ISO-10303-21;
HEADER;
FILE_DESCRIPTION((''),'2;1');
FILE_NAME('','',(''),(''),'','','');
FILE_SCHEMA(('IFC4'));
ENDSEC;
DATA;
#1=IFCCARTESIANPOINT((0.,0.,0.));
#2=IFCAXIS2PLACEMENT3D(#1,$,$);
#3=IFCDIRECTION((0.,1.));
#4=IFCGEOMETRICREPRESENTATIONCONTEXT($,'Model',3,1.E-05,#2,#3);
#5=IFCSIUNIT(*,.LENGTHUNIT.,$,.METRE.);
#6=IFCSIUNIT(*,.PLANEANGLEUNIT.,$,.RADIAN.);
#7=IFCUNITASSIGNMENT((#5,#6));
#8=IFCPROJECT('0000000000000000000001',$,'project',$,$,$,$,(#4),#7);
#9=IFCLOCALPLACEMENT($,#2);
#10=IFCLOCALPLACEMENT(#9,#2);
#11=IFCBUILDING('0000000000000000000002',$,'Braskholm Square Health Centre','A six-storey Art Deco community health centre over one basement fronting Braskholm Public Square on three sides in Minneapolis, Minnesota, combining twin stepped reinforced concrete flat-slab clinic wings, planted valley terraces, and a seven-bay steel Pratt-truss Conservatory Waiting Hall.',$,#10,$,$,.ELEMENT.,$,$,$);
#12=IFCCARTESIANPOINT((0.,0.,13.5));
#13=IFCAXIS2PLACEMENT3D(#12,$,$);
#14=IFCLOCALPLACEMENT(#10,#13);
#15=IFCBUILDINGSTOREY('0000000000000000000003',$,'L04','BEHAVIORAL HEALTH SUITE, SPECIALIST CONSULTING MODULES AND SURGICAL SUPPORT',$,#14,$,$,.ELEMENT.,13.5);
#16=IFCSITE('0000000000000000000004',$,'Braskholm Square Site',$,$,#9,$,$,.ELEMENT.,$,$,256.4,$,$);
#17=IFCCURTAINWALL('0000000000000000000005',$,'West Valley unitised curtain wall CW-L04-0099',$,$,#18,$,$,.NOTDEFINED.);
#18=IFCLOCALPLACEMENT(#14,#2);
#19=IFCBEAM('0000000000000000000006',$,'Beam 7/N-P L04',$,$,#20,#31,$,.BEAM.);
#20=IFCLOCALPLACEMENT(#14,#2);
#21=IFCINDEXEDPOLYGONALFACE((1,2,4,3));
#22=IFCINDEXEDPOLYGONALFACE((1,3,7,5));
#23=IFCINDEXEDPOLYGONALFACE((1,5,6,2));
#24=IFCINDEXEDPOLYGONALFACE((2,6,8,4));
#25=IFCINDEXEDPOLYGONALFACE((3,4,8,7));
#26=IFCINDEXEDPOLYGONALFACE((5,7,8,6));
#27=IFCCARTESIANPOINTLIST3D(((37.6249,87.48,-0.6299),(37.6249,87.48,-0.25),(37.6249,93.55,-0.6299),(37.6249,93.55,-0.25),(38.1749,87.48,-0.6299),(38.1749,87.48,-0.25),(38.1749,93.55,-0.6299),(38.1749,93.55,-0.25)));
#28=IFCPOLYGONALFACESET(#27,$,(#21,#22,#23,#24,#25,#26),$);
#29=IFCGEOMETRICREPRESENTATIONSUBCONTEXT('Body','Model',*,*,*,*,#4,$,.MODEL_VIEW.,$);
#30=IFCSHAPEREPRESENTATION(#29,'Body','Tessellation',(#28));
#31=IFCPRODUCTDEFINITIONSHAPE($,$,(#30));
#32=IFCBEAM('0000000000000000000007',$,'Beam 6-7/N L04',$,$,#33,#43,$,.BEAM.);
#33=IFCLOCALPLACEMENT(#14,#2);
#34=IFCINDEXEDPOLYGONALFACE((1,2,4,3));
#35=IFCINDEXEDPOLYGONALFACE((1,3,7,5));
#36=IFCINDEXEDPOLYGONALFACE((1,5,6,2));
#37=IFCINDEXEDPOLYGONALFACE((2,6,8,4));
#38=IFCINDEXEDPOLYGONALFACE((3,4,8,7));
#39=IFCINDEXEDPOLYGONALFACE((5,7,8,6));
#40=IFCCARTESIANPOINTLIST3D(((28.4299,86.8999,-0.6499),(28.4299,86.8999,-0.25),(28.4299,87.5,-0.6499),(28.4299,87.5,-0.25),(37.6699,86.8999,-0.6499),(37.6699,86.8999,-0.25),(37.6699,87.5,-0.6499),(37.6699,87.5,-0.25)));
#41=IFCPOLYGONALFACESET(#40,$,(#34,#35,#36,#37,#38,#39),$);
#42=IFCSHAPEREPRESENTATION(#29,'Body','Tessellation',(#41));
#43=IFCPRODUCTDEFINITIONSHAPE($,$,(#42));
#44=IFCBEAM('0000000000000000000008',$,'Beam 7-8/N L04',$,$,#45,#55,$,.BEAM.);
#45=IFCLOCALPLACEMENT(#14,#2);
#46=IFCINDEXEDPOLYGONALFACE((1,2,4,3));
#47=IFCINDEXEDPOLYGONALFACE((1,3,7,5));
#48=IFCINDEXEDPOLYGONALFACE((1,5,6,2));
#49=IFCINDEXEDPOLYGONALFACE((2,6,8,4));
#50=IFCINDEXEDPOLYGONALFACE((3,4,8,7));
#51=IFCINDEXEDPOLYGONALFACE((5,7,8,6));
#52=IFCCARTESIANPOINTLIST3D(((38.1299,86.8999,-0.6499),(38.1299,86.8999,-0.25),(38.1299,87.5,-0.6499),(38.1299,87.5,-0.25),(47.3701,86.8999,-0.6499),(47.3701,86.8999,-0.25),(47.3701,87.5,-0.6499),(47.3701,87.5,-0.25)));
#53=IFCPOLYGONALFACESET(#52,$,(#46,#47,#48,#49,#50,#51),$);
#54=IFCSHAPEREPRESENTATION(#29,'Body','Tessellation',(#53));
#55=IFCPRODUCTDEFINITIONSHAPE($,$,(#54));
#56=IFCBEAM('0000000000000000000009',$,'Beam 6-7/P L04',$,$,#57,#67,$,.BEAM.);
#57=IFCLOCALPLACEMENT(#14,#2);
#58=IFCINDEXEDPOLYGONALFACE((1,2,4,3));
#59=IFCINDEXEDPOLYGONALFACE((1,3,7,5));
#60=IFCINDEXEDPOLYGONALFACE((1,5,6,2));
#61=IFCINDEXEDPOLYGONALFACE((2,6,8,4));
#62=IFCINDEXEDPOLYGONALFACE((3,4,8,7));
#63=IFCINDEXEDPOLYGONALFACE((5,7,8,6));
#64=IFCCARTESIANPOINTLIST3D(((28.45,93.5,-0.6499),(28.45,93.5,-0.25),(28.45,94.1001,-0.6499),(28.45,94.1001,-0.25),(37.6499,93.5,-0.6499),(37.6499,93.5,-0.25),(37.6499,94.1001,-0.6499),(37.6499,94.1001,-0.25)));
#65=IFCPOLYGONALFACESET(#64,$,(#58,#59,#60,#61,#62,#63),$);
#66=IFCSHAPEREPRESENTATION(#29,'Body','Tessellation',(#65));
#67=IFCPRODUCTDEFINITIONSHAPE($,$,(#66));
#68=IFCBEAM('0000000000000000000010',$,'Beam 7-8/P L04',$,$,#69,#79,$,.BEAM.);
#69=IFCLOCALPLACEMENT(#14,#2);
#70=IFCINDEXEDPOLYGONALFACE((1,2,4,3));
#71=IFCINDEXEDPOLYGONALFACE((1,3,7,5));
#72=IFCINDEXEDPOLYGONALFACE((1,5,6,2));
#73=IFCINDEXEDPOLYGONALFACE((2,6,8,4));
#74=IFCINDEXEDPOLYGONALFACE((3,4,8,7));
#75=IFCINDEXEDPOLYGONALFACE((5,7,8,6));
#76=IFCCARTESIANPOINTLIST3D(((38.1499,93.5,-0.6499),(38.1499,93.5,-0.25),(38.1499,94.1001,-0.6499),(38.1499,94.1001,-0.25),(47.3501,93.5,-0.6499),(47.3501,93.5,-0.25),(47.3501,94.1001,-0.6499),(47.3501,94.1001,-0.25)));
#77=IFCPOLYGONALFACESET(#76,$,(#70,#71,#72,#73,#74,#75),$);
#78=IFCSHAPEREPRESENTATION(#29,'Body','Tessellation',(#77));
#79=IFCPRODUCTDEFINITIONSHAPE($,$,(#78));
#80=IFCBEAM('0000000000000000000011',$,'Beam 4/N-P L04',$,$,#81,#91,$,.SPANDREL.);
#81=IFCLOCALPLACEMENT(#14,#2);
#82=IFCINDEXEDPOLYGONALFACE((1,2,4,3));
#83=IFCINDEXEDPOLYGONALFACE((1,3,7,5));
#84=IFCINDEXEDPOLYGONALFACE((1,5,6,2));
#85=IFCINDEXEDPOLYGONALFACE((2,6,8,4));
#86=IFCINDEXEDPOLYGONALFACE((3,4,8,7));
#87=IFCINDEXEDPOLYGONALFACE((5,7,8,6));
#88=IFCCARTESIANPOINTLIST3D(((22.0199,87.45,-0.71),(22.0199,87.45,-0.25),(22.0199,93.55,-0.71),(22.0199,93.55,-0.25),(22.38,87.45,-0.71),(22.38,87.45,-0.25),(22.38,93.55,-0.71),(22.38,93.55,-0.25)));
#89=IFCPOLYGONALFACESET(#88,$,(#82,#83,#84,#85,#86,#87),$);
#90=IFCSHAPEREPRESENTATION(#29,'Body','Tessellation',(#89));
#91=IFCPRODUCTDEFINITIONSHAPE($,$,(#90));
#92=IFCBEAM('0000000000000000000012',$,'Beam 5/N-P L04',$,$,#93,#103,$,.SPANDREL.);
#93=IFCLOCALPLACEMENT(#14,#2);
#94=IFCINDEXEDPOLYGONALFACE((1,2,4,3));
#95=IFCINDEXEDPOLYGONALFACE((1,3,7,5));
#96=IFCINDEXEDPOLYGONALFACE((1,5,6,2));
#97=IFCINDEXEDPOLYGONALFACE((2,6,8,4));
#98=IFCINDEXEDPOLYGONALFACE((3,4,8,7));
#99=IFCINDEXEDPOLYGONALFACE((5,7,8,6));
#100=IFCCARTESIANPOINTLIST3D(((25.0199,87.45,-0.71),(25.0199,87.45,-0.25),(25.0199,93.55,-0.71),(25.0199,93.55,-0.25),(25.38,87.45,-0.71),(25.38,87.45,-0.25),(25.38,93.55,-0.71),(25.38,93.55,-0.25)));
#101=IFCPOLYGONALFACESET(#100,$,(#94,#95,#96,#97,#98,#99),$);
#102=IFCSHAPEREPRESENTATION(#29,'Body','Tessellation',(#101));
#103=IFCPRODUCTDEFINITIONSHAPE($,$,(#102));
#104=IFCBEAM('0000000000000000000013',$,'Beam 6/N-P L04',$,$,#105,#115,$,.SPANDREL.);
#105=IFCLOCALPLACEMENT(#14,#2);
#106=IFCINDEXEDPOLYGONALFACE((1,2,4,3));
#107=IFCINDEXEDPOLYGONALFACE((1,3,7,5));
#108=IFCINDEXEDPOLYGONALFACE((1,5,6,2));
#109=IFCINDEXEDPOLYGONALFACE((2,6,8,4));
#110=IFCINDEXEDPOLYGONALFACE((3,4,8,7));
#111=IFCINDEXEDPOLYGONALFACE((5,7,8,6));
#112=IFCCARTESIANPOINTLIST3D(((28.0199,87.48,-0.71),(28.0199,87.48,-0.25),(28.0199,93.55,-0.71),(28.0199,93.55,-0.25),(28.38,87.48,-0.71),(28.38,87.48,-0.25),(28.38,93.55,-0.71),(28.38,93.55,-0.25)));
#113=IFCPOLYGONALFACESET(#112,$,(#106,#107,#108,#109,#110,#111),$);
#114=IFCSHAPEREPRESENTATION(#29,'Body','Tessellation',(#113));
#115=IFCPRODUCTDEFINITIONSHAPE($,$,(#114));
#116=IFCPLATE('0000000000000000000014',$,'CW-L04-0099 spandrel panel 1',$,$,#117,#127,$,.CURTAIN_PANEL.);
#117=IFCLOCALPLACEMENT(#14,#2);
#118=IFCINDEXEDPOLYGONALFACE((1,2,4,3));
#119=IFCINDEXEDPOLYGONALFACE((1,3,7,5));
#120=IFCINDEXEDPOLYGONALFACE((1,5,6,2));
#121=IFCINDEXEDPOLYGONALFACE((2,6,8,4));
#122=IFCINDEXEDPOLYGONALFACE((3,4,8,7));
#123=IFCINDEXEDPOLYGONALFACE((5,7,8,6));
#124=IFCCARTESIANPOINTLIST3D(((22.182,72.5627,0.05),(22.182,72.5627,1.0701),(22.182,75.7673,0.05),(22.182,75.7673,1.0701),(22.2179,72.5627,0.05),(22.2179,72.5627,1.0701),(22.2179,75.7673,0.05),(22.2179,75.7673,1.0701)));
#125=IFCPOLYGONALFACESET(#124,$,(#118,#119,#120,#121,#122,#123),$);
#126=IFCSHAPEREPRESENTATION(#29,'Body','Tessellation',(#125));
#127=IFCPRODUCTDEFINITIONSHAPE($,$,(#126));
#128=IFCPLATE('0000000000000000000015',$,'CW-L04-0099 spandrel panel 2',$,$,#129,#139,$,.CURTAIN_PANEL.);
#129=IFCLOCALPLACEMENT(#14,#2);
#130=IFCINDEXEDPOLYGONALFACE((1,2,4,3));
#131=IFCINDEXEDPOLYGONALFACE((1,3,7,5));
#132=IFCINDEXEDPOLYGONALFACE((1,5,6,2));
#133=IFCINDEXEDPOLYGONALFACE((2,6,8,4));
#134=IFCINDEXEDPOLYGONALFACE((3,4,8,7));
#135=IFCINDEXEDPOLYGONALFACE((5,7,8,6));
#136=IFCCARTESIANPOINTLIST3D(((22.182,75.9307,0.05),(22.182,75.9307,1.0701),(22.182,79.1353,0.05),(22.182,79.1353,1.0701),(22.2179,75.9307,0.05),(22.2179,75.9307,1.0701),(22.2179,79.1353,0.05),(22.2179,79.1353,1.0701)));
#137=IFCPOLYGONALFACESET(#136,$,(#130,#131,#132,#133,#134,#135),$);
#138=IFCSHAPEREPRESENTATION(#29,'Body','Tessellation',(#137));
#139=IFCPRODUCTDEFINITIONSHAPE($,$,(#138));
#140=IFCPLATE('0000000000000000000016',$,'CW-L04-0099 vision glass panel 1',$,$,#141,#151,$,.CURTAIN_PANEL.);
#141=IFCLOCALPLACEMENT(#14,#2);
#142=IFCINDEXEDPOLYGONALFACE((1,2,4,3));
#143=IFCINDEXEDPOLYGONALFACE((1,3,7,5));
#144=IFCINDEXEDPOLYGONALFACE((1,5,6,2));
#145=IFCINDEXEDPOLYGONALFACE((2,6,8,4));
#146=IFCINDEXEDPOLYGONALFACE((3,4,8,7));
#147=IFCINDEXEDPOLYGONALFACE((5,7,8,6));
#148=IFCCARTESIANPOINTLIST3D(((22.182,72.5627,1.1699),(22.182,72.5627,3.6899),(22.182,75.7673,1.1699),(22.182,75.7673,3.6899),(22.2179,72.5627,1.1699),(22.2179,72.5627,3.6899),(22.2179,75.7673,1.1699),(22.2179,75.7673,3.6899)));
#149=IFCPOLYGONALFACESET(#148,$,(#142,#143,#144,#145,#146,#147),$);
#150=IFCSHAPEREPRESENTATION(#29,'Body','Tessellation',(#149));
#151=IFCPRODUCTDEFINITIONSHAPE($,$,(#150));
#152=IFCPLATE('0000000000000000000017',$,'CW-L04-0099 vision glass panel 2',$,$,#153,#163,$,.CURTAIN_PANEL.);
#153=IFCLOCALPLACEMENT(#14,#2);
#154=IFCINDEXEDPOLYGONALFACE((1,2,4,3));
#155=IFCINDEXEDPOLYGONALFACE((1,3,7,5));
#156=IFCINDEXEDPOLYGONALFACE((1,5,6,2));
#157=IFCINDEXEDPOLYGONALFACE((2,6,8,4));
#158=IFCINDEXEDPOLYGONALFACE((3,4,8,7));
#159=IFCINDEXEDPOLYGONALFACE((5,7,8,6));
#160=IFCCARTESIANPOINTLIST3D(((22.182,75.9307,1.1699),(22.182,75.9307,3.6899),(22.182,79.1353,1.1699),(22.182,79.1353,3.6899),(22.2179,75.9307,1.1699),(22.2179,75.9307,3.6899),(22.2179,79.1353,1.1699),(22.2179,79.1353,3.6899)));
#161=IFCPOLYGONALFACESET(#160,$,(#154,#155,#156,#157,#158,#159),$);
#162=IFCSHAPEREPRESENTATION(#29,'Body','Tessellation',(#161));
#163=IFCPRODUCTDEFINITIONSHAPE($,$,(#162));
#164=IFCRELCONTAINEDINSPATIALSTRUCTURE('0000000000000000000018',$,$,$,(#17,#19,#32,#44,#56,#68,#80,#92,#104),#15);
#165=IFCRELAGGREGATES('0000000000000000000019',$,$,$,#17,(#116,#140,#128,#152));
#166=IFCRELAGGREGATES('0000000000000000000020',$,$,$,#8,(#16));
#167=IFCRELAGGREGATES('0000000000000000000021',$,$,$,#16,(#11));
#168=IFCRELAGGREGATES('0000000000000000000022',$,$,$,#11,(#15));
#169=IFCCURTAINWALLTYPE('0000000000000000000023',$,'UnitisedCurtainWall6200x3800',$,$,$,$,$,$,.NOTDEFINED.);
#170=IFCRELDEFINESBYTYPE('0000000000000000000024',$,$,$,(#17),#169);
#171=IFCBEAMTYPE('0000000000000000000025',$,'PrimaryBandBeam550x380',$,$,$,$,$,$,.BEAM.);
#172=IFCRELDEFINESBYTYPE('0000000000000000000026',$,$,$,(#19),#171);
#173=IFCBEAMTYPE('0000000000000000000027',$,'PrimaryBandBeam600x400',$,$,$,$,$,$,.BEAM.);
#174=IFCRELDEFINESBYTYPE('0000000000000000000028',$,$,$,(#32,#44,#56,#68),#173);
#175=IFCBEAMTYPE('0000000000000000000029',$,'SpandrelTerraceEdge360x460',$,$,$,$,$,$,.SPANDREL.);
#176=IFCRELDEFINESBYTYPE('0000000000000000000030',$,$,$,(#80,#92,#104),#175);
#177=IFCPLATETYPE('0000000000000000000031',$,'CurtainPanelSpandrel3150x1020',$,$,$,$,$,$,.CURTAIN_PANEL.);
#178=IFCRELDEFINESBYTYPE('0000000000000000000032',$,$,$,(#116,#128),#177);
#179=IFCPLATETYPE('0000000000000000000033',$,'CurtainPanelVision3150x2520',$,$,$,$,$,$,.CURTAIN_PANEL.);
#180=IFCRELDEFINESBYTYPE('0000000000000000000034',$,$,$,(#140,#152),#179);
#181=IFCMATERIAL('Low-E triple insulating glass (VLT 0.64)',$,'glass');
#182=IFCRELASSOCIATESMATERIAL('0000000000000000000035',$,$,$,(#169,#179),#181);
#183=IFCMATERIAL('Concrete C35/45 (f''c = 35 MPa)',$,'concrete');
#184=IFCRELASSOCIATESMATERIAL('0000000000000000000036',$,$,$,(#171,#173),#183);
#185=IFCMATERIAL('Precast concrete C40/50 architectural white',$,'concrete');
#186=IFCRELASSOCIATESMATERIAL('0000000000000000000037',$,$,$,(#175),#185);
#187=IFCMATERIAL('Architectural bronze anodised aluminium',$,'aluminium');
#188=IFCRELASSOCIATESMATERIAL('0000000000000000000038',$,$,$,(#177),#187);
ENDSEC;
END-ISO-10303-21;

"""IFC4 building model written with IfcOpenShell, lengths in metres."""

from ifc_helpers import new_model, si_unit, direction, frame, origin, origin_2d, place, context, subcontext, project, spatial, rectangle, extrude, material, material_profile, profile_set, type_object, element, aggregate, save


model = new_model("IFC4")

# Units and contexts
model_context = context("Model", 3, precision=1e-05, world=origin(), true_north=direction((0.0, 1.0)))
body_context = subcontext(model_context, "Body", "Model", "MODEL_VIEW")
ifc_project = project(units=[si_unit("LENGTHUNIT", "METRE"), si_unit("PLANEANGLEUNIT", "RADIAN")], contexts=[model_context])

# Site, building, storey
site_placement = place(None, origin())
site = spatial("IfcSite", under=ifc_project, at=site_placement, Name="Braskholm Square Site", CompositionType="ELEMENT", RefElevation=256.4)
building_placement = place(site_placement, origin())
building = spatial("IfcBuilding", under=site, at=building_placement, Name="Braskholm Square Health Centre", Description="A six-storey Art Deco community health centre over one basement fronting Braskholm Public Square on three sides in Minneapolis, Minnesota, combining twin stepped reinforced concrete flat-slab clinic wings, planted valley terraces, and a seven-bay steel Pratt-truss Conservatory Waiting Hall.", CompositionType="ELEMENT")
storey_placement = place(building_placement, frame((0.0, 0.0, 13.5)))
storey = spatial("IfcBuildingStorey", under=building, at=storey_placement, Name="L04", Description="BEHAVIORAL HEALTH SUITE, SPECIALIST CONSULTING MODULES AND SURGICAL SUPPORT", CompositionType="ELEMENT", Elevation=13.5)

# Curtain wall
ifc_material_1 = material(Name="Low-E triple insulating glass (VLT 0.64)", Category="glass")
curtain_wall_type = type_object("IfcCurtainWallType", Name="UnitisedCurtainWall6200x3800", PredefinedType="NOTDEFINED", material=ifc_material_1)
curtain_wall_placement = place(storey_placement, origin())
curtain_wall = element("IfcCurtainWall", 1, at=curtain_wall_placement, inside=storey, type_object=curtain_wall_type, Name="West Valley unitised curtain wall CW-L04-0099", PredefinedType="NOTDEFINED")
ifc_material_2 = material(Name="Architectural bronze anodised aluminium", Category="aluminium")

# Beams
ifc_material_3 = material(Name="Concrete C35/45 (f'c = 35 MPa)", Category="concrete")
ifc_material_profile_1 = material_profile(ifc_material_3, rectangle(XDim=0.55, YDim=0.3799, at=origin_2d()), Name="RCB-550X380")
ifc_profile_set_1 = profile_set([ifc_material_profile_1], Name="Concrete C35/45 (f'c = 35 MPa)")
beam_type_1 = type_object("IfcBeamType", Name="PrimaryBandBeam550x380", PredefinedType="BEAM", material=ifc_profile_set_1)
beam_1_placement = place(storey_placement, frame((37.8999, 87.48, -0.4399), z_axis=(0.0, 1.0, 0.0), x_axis=(-1.0, 0.0, 0.0)))
element("IfcBeam", 2, at=beam_1_placement, inside=storey, type_object=beam_type_1, Name="Beam 7/N-P L04", PredefinedType="BEAM", context=body_context, shape_type="SweptSolid", body=[
    extrude(rectangle(XDim=0.55, YDim=0.3799, at=origin_2d()), origin(), (0.0, 0.0, 1.0), 6.0701),
])
ifc_material_profile_2 = material_profile(ifc_material_3, rectangle(XDim=0.6001, YDim=0.3999, at=origin_2d()), Name="RCB-600X400")
ifc_profile_set_2 = profile_set([ifc_material_profile_2], Name="Concrete C35/45 (f'c = 35 MPa)")
beam_type_2 = type_object("IfcBeamType", Name="PrimaryBandBeam600x400", PredefinedType="BEAM", material=ifc_profile_set_2)
beam_2_placement = place(storey_placement, frame((28.4299, 87.2, -0.45), z_axis=(1.0, 0.0, 0.0), x_axis=(0.0, 1.0, 0.0)))
element("IfcBeam", 3, at=beam_2_placement, inside=storey, type_object=beam_type_2, Name="Beam 6-7/N L04", PredefinedType="BEAM", context=body_context, shape_type="SweptSolid", body=[
    extrude(rectangle(XDim=0.6001, YDim=0.3999, at=origin_2d()), origin(), (0.0, 0.0, 1.0), 9.24),
])
beam_3_placement = place(storey_placement, frame((38.1299, 87.2, -0.45), z_axis=(1.0, 0.0, 0.0), x_axis=(0.0, 1.0, 0.0)))
element("IfcBeam", 4, at=beam_3_placement, inside=storey, type_object=beam_type_2, Name="Beam 7-8/N L04", PredefinedType="BEAM", context=body_context, shape_type="SweptSolid", body=[
    extrude(rectangle(XDim=0.6001, YDim=0.3999, at=origin_2d()), origin(), (0.0, 0.0, 1.0), 9.2402),
])
beam_4_placement = place(storey_placement, frame((28.45, 93.8, -0.45), z_axis=(1.0, 0.0, 0.0), x_axis=(0.0, 1.0, 0.0)))
element("IfcBeam", 5, at=beam_4_placement, inside=storey, type_object=beam_type_2, Name="Beam 6-7/P L04", PredefinedType="BEAM", context=body_context, shape_type="SweptSolid", body=[
    extrude(rectangle(XDim=0.6001, YDim=0.3999, at=origin_2d()), origin(), (0.0, 0.0, 1.0), 9.2),
])
beam_5_placement = place(storey_placement, frame((38.1499, 93.8, -0.45), z_axis=(1.0, 0.0, 0.0), x_axis=(0.0, 1.0, 0.0)))
element("IfcBeam", 6, at=beam_5_placement, inside=storey, type_object=beam_type_2, Name="Beam 7-8/P L04", PredefinedType="BEAM", context=body_context, shape_type="SweptSolid", body=[
    extrude(rectangle(XDim=0.6001, YDim=0.3999, at=origin_2d()), origin(), (0.0, 0.0, 1.0), 9.2002),
])
ifc_material_4 = material(Name="Precast concrete C40/50 architectural white", Category="concrete")
ifc_material_profile_3 = material_profile(ifc_material_4, rectangle(XDim=0.3601, YDim=0.46, at=origin_2d()), Name="RCB-360X460")
ifc_profile_set_3 = profile_set([ifc_material_profile_3], Name="Precast concrete C40/50 architectural white")
beam_type_3 = type_object("IfcBeamType", Name="SpandrelTerraceEdge360x460", PredefinedType="SPANDREL", material=ifc_profile_set_3)
for number, where, z_axis, x_axis, name in (
    (7, (22.2, 87.45, -0.48), (0.0, 1.0, 0.0), (-1.0, 0.0, 0.0), "Beam 4/N-P L04"),
    (8, (25.2, 87.45, -0.48), (0.0, 1.0, 0.0), (-1.0, 0.0, 0.0), "Beam 5/N-P L04"),
):
    element("IfcBeam", number, at=place(storey_placement, frame(where, z_axis=z_axis, x_axis=x_axis)), inside=storey, type_object=beam_type_3, Name=name, PredefinedType="SPANDREL", context=body_context, shape_type="SweptSolid", body=[
        extrude(rectangle(XDim=0.3601, YDim=0.46, at=origin_2d()), origin(), (0.0, 0.0, 1.0), 6.1001),
    ])
beam_6_placement = place(storey_placement, frame((28.2, 87.48, -0.48), z_axis=(0.0, 1.0, 0.0), x_axis=(-1.0, 0.0, 0.0)))
element("IfcBeam", 9, at=beam_6_placement, inside=storey, type_object=beam_type_3, Name="Beam 6/N-P L04", PredefinedType="SPANDREL", context=body_context, shape_type="SweptSolid", body=[
    extrude(rectangle(XDim=0.3601, YDim=0.46, at=origin_2d()), origin(), (0.0, 0.0, 1.0), 6.0701),
])

# Plates
plate_type_1 = type_object("IfcPlateType", Name="CurtainPanelSpandrel3150x1020", PredefinedType="CURTAIN_PANEL", material=ifc_material_2)
plate_1_placement = place(storey_placement, frame((22.2, 74.165, 0.05), z_axis=(0.0, 0.0, 1.0), x_axis=(0.0, 1.0, 0.0)))
plate_1 = element("IfcPlate", 10, at=plate_1_placement, type_object=plate_type_1, Name="CW-L04-0099 spandrel panel 1", PredefinedType="CURTAIN_PANEL", context=body_context, shape_type="SweptSolid", body=[
    extrude(rectangle(XDim=3.2046, YDim=0.0359, at=origin_2d()), origin(), (0.0, 0.0, 1.0), 1.02),
])
plate_2_placement = place(storey_placement, frame((22.2, 77.533, 0.05), z_axis=(0.0, 0.0, 1.0), x_axis=(0.0, 1.0, 0.0)))
plate_2 = element("IfcPlate", 11, at=plate_2_placement, type_object=plate_type_1, Name="CW-L04-0099 spandrel panel 2", PredefinedType="CURTAIN_PANEL", context=body_context, shape_type="SweptSolid", body=[
    extrude(rectangle(XDim=3.2046, YDim=0.0359, at=origin_2d()), origin(), (0.0, 0.0, 1.0), 1.02),
])
plate_type_2 = type_object("IfcPlateType", Name="CurtainPanelVision3150x2520", PredefinedType="CURTAIN_PANEL", material=ifc_material_1)
plate_3_placement = place(storey_placement, frame((22.2, 74.165, 1.1699), z_axis=(0.0, 0.0, 1.0), x_axis=(0.0, 1.0, 0.0)))
plate_3 = element("IfcPlate", 12, at=plate_3_placement, type_object=plate_type_2, Name="CW-L04-0099 vision glass panel 1", PredefinedType="CURTAIN_PANEL", context=body_context, shape_type="SweptSolid", body=[
    extrude(rectangle(XDim=3.2046, YDim=0.0359, at=origin_2d()), origin(), (0.0, 0.0, 1.0), 2.52),
])
plate_4_placement = place(storey_placement, frame((22.2, 77.533, 1.1699), z_axis=(0.0, 0.0, 1.0), x_axis=(0.0, 1.0, 0.0)))
plate_4 = element("IfcPlate", 13, at=plate_4_placement, type_object=plate_type_2, Name="CW-L04-0099 vision glass panel 2", PredefinedType="CURTAIN_PANEL", context=body_context, shape_type="SweptSolid", body=[
    extrude(rectangle(XDim=3.2046, YDim=0.0359, at=origin_2d()), origin(), (0.0, 0.0, 1.0), 2.52),
])
aggregate(curtain_wall, [plate_1, plate_3, plate_2, plate_4])

save(model, "model.ifc")
